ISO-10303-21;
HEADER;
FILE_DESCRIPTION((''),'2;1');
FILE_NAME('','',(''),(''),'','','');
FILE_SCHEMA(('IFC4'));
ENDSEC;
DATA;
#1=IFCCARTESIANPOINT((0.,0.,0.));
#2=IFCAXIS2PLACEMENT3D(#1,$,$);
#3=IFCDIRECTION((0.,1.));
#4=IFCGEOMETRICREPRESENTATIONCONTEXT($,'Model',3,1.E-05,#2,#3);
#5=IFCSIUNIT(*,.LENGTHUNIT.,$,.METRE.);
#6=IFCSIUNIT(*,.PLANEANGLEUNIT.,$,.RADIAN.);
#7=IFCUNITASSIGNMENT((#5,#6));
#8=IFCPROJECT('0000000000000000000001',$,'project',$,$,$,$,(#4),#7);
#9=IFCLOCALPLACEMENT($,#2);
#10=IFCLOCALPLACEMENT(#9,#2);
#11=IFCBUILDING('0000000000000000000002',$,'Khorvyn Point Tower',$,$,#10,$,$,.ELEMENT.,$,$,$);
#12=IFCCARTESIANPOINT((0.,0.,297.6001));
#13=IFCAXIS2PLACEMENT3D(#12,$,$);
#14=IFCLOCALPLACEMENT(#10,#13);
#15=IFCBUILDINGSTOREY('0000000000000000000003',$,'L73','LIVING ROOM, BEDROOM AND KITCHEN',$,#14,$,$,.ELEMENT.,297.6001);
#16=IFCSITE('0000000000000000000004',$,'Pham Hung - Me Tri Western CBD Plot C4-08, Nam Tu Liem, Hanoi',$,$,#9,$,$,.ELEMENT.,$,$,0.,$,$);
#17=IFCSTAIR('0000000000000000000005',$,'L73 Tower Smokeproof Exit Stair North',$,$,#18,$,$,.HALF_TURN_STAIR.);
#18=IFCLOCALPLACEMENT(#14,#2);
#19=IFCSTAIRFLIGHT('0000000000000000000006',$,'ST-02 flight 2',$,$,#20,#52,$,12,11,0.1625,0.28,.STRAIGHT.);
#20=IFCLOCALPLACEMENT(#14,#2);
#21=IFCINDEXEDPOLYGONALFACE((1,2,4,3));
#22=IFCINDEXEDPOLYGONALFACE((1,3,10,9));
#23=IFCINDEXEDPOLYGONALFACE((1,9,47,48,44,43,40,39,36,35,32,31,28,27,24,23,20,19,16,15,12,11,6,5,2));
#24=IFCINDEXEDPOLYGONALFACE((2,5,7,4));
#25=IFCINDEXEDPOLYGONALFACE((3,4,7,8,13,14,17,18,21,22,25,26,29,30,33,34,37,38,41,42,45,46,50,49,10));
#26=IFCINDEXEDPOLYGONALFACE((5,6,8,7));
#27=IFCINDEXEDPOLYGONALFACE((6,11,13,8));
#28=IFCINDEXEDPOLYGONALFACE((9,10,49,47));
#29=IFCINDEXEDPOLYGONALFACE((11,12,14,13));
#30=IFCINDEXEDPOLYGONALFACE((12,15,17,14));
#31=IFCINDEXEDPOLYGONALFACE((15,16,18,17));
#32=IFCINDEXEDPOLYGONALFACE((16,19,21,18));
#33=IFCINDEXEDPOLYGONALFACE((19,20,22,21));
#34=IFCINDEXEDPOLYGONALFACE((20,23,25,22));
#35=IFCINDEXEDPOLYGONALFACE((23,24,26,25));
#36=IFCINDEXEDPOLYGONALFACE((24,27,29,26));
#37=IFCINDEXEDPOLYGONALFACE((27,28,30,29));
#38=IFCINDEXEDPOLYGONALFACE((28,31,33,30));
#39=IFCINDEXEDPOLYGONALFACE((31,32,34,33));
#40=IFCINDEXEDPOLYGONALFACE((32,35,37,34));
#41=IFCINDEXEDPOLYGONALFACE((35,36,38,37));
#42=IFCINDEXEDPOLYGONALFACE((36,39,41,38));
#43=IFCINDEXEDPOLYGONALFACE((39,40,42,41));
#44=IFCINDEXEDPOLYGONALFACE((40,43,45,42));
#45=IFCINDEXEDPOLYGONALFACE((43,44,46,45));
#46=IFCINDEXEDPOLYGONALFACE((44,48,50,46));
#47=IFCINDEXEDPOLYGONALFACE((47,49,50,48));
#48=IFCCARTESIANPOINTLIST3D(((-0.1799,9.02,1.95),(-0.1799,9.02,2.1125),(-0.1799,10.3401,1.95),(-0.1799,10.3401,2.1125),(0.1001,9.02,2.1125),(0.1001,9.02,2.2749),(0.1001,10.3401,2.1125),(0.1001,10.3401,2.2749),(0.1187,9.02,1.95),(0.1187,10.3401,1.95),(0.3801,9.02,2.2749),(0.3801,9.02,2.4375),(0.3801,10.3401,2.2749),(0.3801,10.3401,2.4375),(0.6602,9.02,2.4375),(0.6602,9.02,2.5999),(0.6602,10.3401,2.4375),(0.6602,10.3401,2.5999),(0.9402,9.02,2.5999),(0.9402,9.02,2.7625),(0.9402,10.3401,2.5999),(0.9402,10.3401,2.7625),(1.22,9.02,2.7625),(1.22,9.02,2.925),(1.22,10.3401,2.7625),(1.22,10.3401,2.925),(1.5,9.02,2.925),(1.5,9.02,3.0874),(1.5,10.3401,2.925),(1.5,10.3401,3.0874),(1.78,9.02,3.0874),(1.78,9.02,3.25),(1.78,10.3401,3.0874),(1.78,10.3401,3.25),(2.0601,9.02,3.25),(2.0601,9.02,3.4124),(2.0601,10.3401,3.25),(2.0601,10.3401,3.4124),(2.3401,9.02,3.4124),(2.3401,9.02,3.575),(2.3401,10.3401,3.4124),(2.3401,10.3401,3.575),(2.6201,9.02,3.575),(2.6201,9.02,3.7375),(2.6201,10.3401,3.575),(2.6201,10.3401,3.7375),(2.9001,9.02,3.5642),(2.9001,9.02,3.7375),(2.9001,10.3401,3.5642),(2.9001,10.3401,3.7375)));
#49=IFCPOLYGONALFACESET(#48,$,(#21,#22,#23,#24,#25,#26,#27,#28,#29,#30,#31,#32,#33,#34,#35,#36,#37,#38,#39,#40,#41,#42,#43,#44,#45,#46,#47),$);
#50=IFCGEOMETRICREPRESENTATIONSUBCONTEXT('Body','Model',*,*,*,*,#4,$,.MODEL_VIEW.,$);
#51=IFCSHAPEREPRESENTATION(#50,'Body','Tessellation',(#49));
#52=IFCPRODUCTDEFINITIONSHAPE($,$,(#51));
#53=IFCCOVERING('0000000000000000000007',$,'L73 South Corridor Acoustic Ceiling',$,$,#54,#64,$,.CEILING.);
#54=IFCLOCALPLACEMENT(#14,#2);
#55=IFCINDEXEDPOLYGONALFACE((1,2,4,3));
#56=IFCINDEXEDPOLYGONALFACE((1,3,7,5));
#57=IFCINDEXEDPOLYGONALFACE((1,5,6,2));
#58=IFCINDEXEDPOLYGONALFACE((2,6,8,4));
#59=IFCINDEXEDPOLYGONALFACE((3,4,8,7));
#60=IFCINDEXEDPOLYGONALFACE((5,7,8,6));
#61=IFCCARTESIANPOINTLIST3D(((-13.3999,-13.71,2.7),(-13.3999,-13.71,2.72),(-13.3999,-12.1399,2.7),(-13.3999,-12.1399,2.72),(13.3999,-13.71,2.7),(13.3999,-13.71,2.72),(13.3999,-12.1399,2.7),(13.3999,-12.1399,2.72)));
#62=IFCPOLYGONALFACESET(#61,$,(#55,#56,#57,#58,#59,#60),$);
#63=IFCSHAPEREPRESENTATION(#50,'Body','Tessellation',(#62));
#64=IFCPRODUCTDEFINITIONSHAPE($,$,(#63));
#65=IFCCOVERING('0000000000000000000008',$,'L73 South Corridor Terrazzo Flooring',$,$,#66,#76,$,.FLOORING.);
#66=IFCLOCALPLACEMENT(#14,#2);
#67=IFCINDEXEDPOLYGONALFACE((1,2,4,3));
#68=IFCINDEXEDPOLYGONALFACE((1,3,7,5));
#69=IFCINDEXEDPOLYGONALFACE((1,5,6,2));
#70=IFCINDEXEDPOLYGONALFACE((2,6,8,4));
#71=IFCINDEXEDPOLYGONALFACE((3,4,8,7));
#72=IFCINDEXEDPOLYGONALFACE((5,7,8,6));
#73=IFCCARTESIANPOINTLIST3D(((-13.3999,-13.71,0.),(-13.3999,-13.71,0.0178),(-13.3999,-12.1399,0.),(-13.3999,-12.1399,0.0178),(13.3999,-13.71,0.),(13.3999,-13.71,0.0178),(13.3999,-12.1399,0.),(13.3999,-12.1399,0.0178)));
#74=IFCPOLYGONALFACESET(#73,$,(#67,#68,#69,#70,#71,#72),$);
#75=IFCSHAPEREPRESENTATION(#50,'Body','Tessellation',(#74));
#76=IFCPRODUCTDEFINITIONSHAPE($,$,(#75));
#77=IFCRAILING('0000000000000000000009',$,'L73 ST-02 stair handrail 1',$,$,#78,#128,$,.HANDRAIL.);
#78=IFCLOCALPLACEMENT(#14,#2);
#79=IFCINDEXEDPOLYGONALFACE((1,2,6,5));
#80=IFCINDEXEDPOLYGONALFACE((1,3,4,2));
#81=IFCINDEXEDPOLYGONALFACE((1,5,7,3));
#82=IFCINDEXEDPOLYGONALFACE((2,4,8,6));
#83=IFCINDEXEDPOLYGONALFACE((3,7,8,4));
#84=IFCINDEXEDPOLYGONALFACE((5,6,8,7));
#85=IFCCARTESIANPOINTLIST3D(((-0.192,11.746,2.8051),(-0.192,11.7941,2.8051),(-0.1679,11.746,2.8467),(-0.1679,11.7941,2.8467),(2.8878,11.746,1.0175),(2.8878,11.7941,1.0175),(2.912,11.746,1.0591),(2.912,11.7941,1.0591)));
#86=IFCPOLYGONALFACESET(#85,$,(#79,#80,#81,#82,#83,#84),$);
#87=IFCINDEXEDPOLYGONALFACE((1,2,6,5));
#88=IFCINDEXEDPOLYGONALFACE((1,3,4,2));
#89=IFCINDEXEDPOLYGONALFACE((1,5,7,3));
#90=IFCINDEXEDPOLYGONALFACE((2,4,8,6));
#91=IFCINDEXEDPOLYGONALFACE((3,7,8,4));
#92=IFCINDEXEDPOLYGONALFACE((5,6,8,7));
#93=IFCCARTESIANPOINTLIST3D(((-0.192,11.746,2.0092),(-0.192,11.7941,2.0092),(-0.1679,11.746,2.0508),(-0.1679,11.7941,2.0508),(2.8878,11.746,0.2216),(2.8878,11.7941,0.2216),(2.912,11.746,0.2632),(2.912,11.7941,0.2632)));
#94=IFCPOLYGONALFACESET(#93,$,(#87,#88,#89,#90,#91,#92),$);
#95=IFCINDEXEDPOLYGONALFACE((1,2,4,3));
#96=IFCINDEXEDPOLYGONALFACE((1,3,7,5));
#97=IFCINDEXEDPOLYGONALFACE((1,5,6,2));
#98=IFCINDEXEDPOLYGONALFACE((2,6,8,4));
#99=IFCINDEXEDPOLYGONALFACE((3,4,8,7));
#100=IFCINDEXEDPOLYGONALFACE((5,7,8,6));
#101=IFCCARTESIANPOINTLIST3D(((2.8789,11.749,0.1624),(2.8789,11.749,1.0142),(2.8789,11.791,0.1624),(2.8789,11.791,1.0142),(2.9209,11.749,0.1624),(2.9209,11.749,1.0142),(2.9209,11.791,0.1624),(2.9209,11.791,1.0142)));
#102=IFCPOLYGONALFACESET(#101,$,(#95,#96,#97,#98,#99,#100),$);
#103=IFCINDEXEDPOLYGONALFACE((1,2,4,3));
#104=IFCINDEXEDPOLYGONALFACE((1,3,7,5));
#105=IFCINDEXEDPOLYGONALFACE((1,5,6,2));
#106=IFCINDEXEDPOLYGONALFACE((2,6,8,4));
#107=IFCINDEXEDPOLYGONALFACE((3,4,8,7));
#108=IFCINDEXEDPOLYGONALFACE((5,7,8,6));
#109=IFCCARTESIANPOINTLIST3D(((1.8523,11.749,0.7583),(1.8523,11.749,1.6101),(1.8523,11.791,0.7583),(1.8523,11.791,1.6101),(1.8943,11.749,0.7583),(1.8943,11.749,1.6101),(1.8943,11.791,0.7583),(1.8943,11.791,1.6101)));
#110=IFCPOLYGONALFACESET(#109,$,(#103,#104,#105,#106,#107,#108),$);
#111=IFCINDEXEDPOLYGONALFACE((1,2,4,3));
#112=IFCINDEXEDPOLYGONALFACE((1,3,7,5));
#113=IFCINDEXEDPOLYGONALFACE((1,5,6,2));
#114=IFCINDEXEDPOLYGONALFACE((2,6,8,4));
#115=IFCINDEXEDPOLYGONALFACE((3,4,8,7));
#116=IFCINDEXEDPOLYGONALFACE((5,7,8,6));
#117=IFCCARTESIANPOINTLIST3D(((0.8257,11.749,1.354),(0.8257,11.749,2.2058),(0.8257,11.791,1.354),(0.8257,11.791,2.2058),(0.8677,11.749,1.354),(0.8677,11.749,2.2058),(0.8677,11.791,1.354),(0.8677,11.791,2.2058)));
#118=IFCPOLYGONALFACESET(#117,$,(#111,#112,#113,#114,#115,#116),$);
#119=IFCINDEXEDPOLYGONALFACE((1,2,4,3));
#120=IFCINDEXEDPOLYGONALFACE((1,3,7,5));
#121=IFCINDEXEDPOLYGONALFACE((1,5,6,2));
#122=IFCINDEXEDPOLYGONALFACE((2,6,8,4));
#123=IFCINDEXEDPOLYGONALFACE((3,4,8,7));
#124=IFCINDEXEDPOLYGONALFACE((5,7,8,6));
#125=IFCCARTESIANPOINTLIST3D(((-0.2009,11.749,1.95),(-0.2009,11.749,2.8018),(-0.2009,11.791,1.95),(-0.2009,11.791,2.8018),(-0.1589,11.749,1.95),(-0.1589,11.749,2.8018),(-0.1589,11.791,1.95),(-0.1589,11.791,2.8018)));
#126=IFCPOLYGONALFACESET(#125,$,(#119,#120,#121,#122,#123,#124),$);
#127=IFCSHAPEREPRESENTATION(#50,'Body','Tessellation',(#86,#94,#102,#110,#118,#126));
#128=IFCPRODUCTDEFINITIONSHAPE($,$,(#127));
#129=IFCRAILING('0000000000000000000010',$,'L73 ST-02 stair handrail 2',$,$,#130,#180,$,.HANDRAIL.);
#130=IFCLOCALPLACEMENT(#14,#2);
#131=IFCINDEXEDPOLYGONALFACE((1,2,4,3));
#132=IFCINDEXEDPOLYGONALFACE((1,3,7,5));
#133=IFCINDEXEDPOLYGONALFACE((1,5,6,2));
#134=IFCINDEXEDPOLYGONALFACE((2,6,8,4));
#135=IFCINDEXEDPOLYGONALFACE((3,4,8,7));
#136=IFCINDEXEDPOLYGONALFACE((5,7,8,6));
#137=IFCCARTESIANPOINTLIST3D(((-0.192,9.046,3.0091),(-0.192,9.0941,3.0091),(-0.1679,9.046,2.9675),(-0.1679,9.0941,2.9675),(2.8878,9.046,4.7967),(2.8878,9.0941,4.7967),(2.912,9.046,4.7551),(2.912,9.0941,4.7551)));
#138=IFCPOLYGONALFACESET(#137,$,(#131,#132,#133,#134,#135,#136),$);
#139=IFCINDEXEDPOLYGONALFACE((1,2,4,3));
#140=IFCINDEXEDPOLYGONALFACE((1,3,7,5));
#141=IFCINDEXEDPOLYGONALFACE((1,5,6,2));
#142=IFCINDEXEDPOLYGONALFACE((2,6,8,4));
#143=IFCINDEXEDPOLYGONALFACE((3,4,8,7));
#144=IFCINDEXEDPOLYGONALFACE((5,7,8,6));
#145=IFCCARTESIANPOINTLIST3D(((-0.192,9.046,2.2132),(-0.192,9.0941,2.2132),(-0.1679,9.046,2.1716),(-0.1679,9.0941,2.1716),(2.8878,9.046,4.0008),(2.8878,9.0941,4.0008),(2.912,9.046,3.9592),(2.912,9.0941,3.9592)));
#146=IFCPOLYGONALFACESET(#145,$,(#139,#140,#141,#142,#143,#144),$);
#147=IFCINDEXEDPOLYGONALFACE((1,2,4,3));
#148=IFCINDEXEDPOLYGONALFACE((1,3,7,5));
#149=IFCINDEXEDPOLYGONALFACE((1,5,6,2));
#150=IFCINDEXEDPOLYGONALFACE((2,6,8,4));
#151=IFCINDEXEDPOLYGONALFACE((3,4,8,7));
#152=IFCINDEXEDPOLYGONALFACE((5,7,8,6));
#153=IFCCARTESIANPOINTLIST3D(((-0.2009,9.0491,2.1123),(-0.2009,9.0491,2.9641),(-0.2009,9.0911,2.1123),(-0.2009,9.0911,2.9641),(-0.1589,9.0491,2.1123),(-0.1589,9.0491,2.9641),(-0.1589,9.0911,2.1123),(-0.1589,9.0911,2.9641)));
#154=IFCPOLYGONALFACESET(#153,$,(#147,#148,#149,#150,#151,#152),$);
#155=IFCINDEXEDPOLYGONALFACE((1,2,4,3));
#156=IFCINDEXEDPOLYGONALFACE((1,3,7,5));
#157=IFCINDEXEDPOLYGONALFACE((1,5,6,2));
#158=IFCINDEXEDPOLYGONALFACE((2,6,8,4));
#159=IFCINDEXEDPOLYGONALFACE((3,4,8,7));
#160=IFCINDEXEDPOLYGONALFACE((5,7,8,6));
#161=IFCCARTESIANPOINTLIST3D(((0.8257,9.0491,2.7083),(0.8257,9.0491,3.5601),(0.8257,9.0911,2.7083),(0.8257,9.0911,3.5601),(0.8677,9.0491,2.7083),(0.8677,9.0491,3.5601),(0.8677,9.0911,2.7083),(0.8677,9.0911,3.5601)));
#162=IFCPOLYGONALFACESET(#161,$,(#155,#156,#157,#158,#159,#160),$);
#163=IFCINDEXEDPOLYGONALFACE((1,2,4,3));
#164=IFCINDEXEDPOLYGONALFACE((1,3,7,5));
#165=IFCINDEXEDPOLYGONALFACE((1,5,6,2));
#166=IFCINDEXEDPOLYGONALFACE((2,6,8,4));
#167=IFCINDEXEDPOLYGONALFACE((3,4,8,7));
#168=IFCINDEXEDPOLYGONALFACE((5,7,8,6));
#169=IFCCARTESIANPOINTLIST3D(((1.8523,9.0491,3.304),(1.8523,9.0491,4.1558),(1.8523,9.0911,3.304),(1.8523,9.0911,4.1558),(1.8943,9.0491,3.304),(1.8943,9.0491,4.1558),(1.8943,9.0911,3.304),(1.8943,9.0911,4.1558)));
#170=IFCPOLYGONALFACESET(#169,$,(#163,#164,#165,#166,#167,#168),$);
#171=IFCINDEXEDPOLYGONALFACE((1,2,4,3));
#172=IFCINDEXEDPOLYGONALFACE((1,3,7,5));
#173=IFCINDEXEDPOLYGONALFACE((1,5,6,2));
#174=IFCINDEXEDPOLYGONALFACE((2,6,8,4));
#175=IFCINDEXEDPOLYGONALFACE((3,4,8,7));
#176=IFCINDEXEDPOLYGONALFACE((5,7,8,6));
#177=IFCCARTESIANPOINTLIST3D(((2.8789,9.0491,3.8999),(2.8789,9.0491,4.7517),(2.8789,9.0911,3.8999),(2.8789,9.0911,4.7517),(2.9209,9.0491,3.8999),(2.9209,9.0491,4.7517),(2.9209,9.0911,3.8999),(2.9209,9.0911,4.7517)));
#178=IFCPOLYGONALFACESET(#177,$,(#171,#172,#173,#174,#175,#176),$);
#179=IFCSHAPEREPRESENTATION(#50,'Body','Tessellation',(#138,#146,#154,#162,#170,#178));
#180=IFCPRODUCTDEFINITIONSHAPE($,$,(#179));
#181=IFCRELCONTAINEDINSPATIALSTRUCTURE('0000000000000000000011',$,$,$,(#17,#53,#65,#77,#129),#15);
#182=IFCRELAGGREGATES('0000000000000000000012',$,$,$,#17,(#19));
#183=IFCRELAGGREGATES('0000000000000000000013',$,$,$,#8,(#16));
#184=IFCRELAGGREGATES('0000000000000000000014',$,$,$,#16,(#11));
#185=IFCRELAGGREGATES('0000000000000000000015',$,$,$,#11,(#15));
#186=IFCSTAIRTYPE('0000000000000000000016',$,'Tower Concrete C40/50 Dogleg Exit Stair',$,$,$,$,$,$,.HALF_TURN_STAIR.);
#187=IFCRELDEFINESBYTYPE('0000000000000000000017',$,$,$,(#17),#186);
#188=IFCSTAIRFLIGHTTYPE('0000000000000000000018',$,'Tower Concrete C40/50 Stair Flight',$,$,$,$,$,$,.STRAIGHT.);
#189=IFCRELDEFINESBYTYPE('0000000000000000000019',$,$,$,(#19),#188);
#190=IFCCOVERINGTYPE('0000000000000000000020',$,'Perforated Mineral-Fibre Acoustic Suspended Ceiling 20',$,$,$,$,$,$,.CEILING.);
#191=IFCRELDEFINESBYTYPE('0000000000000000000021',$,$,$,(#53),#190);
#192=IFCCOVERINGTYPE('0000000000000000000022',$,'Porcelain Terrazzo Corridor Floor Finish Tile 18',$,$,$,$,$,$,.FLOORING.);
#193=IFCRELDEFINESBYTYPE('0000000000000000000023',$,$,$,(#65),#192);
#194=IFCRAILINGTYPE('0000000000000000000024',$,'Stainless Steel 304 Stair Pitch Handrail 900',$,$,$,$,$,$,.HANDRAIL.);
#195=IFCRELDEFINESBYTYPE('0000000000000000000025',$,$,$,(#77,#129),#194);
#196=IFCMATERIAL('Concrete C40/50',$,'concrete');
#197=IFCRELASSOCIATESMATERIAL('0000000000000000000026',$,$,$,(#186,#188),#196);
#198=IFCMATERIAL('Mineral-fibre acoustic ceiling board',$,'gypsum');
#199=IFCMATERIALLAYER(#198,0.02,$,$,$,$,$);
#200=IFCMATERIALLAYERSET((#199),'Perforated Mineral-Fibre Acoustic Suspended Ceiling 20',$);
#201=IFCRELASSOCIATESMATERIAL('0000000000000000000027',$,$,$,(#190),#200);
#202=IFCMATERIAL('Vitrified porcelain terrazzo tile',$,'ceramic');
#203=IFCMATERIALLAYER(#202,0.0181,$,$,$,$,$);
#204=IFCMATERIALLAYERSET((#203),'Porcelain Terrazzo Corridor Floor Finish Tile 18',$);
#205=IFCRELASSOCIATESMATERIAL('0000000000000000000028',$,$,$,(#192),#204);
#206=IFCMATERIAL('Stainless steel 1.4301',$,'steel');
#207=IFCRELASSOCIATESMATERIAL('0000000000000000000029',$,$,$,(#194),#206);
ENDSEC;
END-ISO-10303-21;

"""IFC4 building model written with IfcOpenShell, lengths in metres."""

from ifc_helpers import new_model, si_unit, direction, frame, origin, origin_2d, place, context, subcontext, project, spatial, polyline, rectangle, outline, extrude, material, layer, layer_set, type_object, element, aggregate, save


model = new_model("IFC4")

# Units and contexts
model_context = context("Model", 3, precision=1e-05, world=origin(), true_north=direction((0.0, 1.0)))
body_context = subcontext(model_context, "Body", "Model", "MODEL_VIEW")
ifc_project = project(units=[si_unit("LENGTHUNIT", "METRE"), si_unit("PLANEANGLEUNIT", "RADIAN")], contexts=[model_context])

# Site, building, storey
site_placement = place(None, origin())
site = spatial("IfcSite", under=ifc_project, at=site_placement, Name="Pham Hung - Me Tri Western CBD Plot C4-08, Nam Tu Liem, Hanoi", CompositionType="ELEMENT", RefElevation=0.0)
building_placement = place(site_placement, origin())
building = spatial("IfcBuilding", under=site, at=building_placement, Name="Khorvyn Point Tower", CompositionType="ELEMENT")
storey_placement = place(building_placement, frame((0.0, 0.0, 297.6001)))
storey = spatial("IfcBuildingStorey", under=building, at=storey_placement, Name="L73", Description="LIVING ROOM, BEDROOM AND KITCHEN", CompositionType="ELEMENT", Elevation=297.6001)

# Shared definitions
ifc_material_1 = material(Name="Concrete C40/50", Category="concrete")

# Stair
stair_type = type_object("IfcStairType", Name="Tower Concrete C40/50 Dogleg Exit Stair", PredefinedType="HALF_TURN_STAIR", material=ifc_material_1)
stair_1_placement = place(storey_placement, origin())
stair_1 = element("IfcStair", 1, at=stair_1_placement, inside=storey, type_object=stair_type, Name="L73 Tower Smokeproof Exit Stair North", PredefinedType="HALF_TURN_STAIR")

# Shared definitions
ifc_material_2 = material(Name="Stainless steel 1.4301", Category="steel")

# Stair flight
stair_flight_type = type_object("IfcStairFlightType", Name="Tower Concrete C40/50 Stair Flight", PredefinedType="STRAIGHT", material=ifc_material_1)
stair_flight_1_placement = place(storey_placement, frame((-0.1799, 9.6799, 1.95), z_axis=(0.0, 0.0, 1.0), x_axis=(1.0, 0.0, 0.0)))
stair_flight_1 = element("IfcStairFlight", 2, at=stair_flight_1_placement, type_object=stair_flight_type, Name="ST-02 flight 2", NumberOfRisers=12, NumberOfTreads=11, PredefinedType="STRAIGHT", RiserHeight=0.1625, TreadLength=0.28, context=body_context, shape_type="SweptSolid", body=[
    extrude(outline(polyline([(0.0, 0.0), (0.0, 0.1626), (0.28, 0.1626), (0.28, 0.325), (0.5601, 0.325), (0.5601, 0.4875), (0.8401, 0.4875), (0.8401, 0.6499), (1.1201, 0.6499), (1.1201, 0.8125), (1.3999, 0.8125), (1.3999, 0.9751), (1.6799, 0.9751), (1.6799, 1.1375), (1.96, 1.1375), (1.96, 1.3), (2.24, 1.3), (2.24, 1.4624), (2.52, 1.4624), (2.52, 1.625), (2.8, 1.625), (2.8, 1.7876), (3.0801, 1.7876), (3.0801, 1.95), (3.0801, 1.6143), (0.2986, 0.0), (0.0, 0.0)])), frame((0.0, 0.6602, 0.0), z_axis=(0.0, -1.0, 0.0), x_axis=(1.0, 0.0, 0.0)), (0.0, 0.0, 1.0), 1.3201),
])
aggregate(stair_1, [stair_flight_1])

# Coverings
ifc_material_3 = material(Name="Mineral-fibre acoustic ceiling board", Category="gypsum")
ifc_layer_1 = layer(ifc_material_3, 0.02)
ifc_layer_set_1 = layer_set([ifc_layer_1], Name="Perforated Mineral-Fibre Acoustic Suspended Ceiling 20")
covering_type_1 = type_object("IfcCoveringType", Name="Perforated Mineral-Fibre Acoustic Suspended Ceiling 20", PredefinedType="CEILING", material=ifc_layer_set_1)
covering_1_placement = place(storey_placement, frame((0.0, 0.0, 2.7)))
element("IfcCovering", 3, at=covering_1_placement, inside=storey, type_object=covering_type_1, Name="L73 South Corridor Acoustic Ceiling", PredefinedType="CEILING", context=body_context, shape_type="SweptSolid", body=[
    extrude(outline(polyline([(-13.3999, -13.71), (13.3999, -13.71), (13.3999, -12.1399), (-13.3999, -12.1399), (-13.3999, -13.71)])), origin(), (0.0, 0.0, 1.0), 0.02),
])
ifc_material_4 = material(Name="Vitrified porcelain terrazzo tile", Category="ceramic")
ifc_layer_2 = layer(ifc_material_4, 0.0181)
ifc_layer_set_2 = layer_set([ifc_layer_2], Name="Porcelain Terrazzo Corridor Floor Finish Tile 18")
covering_type_2 = type_object("IfcCoveringType", Name="Porcelain Terrazzo Corridor Floor Finish Tile 18", PredefinedType="FLOORING", material=ifc_layer_set_2)
covering_2_placement = place(storey_placement, origin())
element("IfcCovering", 4, at=covering_2_placement, inside=storey, type_object=covering_type_2, Name="L73 South Corridor Terrazzo Flooring", PredefinedType="FLOORING", context=body_context, shape_type="SweptSolid", body=[
    extrude(outline(polyline([(-13.3999, -13.71), (13.3999, -13.71), (13.3999, -12.1399), (-13.3999, -12.1399), (-13.3999, -13.71)])), origin(), (0.0, 0.0, 1.0), 0.0178),
])

# Railings
railing_type_1 = type_object("IfcRailingType", Name="Stainless Steel 304 Stair Pitch Handrail 900", PredefinedType="HANDRAIL", material=ifc_material_2)
railing_1_placement = place(storey_placement, frame((2.8999, 11.77, 0.1624)))
element("IfcRailing", 5, at=railing_1_placement, inside=storey, type_object=railing_type_1, Name="L73 ST-02 stair handrail 1", PredefinedType="HANDRAIL", context=body_context, shape_type="SweptSolid", body=[
    extrude(rectangle(XDim=0.0481, YDim=0.0481, at=origin_2d()), frame((0.0, 0.0, 0.876), z_axis=(-0.864873, 0.0, 0.50199), x_axis=(0.0, -1.0, 0.0)), (0.0, 0.0, 1.0), 3.561),
    extrude(rectangle(XDim=0.0481, YDim=0.0481, at=origin_2d()), frame((0.0, 0.0, 0.0801), z_axis=(-0.864873, 0.0, 0.50199), x_axis=(0.0, -1.0, 0.0)), (0.0, 0.0, 1.0), 3.561),
    extrude(rectangle(XDim=0.042, YDim=0.042, at=origin_2d()), origin(), (0.0, 0.0, 1.0), 0.8518),
    extrude(rectangle(XDim=0.042, YDim=0.042, at=origin_2d()), frame((-1.0266, 0.0, 0.5959)), (0.0, 0.0, 1.0), 0.8518),
    extrude(rectangle(XDim=0.042, YDim=0.042, at=origin_2d()), frame((-2.0532, 0.0, 1.1917)), (0.0, 0.0, 1.0), 0.8518),
    extrude(rectangle(XDim=0.042, YDim=0.042, at=origin_2d()), frame((-3.0798, 0.0, 1.7876)), (0.0, 0.0, 1.0), 0.8518),
])
railing_2_placement = place(storey_placement, frame((-0.1799, 9.0701, 2.1123)))
element("IfcRailing", 6, at=railing_2_placement, inside=storey, type_object=railing_type_1, Name="L73 ST-02 stair handrail 2", PredefinedType="HANDRAIL", context=body_context, shape_type="SweptSolid", body=[
    extrude(rectangle(XDim=0.0481, YDim=0.0481, at=origin_2d()), frame((0.0, 0.0, 0.876), z_axis=(0.864873, 0.0, 0.50199), x_axis=(0.0, 1.0, 0.0)), (0.0, 0.0, 1.0), 3.561),
    extrude(rectangle(XDim=0.0481, YDim=0.0481, at=origin_2d()), frame((0.0, 0.0, 0.0801), z_axis=(0.864873, 0.0, 0.50199), x_axis=(0.0, 1.0, 0.0)), (0.0, 0.0, 1.0), 3.561),
    extrude(rectangle(XDim=0.042, YDim=0.042, at=origin_2d()), origin(), (0.0, 0.0, 1.0), 0.8518),
    extrude(rectangle(XDim=0.042, YDim=0.042, at=origin_2d()), frame((1.0266, 0.0, 0.5959)), (0.0, 0.0, 1.0), 0.8518),
    extrude(rectangle(XDim=0.042, YDim=0.042, at=origin_2d()), frame((2.0532, 0.0, 1.1917)), (0.0, 0.0, 1.0), 0.8518),
    extrude(rectangle(XDim=0.042, YDim=0.042, at=origin_2d()), frame((3.0798, 0.0, 1.7876)), (0.0, 0.0, 1.0), 0.8518),
])

save(model, "model.ifc")
